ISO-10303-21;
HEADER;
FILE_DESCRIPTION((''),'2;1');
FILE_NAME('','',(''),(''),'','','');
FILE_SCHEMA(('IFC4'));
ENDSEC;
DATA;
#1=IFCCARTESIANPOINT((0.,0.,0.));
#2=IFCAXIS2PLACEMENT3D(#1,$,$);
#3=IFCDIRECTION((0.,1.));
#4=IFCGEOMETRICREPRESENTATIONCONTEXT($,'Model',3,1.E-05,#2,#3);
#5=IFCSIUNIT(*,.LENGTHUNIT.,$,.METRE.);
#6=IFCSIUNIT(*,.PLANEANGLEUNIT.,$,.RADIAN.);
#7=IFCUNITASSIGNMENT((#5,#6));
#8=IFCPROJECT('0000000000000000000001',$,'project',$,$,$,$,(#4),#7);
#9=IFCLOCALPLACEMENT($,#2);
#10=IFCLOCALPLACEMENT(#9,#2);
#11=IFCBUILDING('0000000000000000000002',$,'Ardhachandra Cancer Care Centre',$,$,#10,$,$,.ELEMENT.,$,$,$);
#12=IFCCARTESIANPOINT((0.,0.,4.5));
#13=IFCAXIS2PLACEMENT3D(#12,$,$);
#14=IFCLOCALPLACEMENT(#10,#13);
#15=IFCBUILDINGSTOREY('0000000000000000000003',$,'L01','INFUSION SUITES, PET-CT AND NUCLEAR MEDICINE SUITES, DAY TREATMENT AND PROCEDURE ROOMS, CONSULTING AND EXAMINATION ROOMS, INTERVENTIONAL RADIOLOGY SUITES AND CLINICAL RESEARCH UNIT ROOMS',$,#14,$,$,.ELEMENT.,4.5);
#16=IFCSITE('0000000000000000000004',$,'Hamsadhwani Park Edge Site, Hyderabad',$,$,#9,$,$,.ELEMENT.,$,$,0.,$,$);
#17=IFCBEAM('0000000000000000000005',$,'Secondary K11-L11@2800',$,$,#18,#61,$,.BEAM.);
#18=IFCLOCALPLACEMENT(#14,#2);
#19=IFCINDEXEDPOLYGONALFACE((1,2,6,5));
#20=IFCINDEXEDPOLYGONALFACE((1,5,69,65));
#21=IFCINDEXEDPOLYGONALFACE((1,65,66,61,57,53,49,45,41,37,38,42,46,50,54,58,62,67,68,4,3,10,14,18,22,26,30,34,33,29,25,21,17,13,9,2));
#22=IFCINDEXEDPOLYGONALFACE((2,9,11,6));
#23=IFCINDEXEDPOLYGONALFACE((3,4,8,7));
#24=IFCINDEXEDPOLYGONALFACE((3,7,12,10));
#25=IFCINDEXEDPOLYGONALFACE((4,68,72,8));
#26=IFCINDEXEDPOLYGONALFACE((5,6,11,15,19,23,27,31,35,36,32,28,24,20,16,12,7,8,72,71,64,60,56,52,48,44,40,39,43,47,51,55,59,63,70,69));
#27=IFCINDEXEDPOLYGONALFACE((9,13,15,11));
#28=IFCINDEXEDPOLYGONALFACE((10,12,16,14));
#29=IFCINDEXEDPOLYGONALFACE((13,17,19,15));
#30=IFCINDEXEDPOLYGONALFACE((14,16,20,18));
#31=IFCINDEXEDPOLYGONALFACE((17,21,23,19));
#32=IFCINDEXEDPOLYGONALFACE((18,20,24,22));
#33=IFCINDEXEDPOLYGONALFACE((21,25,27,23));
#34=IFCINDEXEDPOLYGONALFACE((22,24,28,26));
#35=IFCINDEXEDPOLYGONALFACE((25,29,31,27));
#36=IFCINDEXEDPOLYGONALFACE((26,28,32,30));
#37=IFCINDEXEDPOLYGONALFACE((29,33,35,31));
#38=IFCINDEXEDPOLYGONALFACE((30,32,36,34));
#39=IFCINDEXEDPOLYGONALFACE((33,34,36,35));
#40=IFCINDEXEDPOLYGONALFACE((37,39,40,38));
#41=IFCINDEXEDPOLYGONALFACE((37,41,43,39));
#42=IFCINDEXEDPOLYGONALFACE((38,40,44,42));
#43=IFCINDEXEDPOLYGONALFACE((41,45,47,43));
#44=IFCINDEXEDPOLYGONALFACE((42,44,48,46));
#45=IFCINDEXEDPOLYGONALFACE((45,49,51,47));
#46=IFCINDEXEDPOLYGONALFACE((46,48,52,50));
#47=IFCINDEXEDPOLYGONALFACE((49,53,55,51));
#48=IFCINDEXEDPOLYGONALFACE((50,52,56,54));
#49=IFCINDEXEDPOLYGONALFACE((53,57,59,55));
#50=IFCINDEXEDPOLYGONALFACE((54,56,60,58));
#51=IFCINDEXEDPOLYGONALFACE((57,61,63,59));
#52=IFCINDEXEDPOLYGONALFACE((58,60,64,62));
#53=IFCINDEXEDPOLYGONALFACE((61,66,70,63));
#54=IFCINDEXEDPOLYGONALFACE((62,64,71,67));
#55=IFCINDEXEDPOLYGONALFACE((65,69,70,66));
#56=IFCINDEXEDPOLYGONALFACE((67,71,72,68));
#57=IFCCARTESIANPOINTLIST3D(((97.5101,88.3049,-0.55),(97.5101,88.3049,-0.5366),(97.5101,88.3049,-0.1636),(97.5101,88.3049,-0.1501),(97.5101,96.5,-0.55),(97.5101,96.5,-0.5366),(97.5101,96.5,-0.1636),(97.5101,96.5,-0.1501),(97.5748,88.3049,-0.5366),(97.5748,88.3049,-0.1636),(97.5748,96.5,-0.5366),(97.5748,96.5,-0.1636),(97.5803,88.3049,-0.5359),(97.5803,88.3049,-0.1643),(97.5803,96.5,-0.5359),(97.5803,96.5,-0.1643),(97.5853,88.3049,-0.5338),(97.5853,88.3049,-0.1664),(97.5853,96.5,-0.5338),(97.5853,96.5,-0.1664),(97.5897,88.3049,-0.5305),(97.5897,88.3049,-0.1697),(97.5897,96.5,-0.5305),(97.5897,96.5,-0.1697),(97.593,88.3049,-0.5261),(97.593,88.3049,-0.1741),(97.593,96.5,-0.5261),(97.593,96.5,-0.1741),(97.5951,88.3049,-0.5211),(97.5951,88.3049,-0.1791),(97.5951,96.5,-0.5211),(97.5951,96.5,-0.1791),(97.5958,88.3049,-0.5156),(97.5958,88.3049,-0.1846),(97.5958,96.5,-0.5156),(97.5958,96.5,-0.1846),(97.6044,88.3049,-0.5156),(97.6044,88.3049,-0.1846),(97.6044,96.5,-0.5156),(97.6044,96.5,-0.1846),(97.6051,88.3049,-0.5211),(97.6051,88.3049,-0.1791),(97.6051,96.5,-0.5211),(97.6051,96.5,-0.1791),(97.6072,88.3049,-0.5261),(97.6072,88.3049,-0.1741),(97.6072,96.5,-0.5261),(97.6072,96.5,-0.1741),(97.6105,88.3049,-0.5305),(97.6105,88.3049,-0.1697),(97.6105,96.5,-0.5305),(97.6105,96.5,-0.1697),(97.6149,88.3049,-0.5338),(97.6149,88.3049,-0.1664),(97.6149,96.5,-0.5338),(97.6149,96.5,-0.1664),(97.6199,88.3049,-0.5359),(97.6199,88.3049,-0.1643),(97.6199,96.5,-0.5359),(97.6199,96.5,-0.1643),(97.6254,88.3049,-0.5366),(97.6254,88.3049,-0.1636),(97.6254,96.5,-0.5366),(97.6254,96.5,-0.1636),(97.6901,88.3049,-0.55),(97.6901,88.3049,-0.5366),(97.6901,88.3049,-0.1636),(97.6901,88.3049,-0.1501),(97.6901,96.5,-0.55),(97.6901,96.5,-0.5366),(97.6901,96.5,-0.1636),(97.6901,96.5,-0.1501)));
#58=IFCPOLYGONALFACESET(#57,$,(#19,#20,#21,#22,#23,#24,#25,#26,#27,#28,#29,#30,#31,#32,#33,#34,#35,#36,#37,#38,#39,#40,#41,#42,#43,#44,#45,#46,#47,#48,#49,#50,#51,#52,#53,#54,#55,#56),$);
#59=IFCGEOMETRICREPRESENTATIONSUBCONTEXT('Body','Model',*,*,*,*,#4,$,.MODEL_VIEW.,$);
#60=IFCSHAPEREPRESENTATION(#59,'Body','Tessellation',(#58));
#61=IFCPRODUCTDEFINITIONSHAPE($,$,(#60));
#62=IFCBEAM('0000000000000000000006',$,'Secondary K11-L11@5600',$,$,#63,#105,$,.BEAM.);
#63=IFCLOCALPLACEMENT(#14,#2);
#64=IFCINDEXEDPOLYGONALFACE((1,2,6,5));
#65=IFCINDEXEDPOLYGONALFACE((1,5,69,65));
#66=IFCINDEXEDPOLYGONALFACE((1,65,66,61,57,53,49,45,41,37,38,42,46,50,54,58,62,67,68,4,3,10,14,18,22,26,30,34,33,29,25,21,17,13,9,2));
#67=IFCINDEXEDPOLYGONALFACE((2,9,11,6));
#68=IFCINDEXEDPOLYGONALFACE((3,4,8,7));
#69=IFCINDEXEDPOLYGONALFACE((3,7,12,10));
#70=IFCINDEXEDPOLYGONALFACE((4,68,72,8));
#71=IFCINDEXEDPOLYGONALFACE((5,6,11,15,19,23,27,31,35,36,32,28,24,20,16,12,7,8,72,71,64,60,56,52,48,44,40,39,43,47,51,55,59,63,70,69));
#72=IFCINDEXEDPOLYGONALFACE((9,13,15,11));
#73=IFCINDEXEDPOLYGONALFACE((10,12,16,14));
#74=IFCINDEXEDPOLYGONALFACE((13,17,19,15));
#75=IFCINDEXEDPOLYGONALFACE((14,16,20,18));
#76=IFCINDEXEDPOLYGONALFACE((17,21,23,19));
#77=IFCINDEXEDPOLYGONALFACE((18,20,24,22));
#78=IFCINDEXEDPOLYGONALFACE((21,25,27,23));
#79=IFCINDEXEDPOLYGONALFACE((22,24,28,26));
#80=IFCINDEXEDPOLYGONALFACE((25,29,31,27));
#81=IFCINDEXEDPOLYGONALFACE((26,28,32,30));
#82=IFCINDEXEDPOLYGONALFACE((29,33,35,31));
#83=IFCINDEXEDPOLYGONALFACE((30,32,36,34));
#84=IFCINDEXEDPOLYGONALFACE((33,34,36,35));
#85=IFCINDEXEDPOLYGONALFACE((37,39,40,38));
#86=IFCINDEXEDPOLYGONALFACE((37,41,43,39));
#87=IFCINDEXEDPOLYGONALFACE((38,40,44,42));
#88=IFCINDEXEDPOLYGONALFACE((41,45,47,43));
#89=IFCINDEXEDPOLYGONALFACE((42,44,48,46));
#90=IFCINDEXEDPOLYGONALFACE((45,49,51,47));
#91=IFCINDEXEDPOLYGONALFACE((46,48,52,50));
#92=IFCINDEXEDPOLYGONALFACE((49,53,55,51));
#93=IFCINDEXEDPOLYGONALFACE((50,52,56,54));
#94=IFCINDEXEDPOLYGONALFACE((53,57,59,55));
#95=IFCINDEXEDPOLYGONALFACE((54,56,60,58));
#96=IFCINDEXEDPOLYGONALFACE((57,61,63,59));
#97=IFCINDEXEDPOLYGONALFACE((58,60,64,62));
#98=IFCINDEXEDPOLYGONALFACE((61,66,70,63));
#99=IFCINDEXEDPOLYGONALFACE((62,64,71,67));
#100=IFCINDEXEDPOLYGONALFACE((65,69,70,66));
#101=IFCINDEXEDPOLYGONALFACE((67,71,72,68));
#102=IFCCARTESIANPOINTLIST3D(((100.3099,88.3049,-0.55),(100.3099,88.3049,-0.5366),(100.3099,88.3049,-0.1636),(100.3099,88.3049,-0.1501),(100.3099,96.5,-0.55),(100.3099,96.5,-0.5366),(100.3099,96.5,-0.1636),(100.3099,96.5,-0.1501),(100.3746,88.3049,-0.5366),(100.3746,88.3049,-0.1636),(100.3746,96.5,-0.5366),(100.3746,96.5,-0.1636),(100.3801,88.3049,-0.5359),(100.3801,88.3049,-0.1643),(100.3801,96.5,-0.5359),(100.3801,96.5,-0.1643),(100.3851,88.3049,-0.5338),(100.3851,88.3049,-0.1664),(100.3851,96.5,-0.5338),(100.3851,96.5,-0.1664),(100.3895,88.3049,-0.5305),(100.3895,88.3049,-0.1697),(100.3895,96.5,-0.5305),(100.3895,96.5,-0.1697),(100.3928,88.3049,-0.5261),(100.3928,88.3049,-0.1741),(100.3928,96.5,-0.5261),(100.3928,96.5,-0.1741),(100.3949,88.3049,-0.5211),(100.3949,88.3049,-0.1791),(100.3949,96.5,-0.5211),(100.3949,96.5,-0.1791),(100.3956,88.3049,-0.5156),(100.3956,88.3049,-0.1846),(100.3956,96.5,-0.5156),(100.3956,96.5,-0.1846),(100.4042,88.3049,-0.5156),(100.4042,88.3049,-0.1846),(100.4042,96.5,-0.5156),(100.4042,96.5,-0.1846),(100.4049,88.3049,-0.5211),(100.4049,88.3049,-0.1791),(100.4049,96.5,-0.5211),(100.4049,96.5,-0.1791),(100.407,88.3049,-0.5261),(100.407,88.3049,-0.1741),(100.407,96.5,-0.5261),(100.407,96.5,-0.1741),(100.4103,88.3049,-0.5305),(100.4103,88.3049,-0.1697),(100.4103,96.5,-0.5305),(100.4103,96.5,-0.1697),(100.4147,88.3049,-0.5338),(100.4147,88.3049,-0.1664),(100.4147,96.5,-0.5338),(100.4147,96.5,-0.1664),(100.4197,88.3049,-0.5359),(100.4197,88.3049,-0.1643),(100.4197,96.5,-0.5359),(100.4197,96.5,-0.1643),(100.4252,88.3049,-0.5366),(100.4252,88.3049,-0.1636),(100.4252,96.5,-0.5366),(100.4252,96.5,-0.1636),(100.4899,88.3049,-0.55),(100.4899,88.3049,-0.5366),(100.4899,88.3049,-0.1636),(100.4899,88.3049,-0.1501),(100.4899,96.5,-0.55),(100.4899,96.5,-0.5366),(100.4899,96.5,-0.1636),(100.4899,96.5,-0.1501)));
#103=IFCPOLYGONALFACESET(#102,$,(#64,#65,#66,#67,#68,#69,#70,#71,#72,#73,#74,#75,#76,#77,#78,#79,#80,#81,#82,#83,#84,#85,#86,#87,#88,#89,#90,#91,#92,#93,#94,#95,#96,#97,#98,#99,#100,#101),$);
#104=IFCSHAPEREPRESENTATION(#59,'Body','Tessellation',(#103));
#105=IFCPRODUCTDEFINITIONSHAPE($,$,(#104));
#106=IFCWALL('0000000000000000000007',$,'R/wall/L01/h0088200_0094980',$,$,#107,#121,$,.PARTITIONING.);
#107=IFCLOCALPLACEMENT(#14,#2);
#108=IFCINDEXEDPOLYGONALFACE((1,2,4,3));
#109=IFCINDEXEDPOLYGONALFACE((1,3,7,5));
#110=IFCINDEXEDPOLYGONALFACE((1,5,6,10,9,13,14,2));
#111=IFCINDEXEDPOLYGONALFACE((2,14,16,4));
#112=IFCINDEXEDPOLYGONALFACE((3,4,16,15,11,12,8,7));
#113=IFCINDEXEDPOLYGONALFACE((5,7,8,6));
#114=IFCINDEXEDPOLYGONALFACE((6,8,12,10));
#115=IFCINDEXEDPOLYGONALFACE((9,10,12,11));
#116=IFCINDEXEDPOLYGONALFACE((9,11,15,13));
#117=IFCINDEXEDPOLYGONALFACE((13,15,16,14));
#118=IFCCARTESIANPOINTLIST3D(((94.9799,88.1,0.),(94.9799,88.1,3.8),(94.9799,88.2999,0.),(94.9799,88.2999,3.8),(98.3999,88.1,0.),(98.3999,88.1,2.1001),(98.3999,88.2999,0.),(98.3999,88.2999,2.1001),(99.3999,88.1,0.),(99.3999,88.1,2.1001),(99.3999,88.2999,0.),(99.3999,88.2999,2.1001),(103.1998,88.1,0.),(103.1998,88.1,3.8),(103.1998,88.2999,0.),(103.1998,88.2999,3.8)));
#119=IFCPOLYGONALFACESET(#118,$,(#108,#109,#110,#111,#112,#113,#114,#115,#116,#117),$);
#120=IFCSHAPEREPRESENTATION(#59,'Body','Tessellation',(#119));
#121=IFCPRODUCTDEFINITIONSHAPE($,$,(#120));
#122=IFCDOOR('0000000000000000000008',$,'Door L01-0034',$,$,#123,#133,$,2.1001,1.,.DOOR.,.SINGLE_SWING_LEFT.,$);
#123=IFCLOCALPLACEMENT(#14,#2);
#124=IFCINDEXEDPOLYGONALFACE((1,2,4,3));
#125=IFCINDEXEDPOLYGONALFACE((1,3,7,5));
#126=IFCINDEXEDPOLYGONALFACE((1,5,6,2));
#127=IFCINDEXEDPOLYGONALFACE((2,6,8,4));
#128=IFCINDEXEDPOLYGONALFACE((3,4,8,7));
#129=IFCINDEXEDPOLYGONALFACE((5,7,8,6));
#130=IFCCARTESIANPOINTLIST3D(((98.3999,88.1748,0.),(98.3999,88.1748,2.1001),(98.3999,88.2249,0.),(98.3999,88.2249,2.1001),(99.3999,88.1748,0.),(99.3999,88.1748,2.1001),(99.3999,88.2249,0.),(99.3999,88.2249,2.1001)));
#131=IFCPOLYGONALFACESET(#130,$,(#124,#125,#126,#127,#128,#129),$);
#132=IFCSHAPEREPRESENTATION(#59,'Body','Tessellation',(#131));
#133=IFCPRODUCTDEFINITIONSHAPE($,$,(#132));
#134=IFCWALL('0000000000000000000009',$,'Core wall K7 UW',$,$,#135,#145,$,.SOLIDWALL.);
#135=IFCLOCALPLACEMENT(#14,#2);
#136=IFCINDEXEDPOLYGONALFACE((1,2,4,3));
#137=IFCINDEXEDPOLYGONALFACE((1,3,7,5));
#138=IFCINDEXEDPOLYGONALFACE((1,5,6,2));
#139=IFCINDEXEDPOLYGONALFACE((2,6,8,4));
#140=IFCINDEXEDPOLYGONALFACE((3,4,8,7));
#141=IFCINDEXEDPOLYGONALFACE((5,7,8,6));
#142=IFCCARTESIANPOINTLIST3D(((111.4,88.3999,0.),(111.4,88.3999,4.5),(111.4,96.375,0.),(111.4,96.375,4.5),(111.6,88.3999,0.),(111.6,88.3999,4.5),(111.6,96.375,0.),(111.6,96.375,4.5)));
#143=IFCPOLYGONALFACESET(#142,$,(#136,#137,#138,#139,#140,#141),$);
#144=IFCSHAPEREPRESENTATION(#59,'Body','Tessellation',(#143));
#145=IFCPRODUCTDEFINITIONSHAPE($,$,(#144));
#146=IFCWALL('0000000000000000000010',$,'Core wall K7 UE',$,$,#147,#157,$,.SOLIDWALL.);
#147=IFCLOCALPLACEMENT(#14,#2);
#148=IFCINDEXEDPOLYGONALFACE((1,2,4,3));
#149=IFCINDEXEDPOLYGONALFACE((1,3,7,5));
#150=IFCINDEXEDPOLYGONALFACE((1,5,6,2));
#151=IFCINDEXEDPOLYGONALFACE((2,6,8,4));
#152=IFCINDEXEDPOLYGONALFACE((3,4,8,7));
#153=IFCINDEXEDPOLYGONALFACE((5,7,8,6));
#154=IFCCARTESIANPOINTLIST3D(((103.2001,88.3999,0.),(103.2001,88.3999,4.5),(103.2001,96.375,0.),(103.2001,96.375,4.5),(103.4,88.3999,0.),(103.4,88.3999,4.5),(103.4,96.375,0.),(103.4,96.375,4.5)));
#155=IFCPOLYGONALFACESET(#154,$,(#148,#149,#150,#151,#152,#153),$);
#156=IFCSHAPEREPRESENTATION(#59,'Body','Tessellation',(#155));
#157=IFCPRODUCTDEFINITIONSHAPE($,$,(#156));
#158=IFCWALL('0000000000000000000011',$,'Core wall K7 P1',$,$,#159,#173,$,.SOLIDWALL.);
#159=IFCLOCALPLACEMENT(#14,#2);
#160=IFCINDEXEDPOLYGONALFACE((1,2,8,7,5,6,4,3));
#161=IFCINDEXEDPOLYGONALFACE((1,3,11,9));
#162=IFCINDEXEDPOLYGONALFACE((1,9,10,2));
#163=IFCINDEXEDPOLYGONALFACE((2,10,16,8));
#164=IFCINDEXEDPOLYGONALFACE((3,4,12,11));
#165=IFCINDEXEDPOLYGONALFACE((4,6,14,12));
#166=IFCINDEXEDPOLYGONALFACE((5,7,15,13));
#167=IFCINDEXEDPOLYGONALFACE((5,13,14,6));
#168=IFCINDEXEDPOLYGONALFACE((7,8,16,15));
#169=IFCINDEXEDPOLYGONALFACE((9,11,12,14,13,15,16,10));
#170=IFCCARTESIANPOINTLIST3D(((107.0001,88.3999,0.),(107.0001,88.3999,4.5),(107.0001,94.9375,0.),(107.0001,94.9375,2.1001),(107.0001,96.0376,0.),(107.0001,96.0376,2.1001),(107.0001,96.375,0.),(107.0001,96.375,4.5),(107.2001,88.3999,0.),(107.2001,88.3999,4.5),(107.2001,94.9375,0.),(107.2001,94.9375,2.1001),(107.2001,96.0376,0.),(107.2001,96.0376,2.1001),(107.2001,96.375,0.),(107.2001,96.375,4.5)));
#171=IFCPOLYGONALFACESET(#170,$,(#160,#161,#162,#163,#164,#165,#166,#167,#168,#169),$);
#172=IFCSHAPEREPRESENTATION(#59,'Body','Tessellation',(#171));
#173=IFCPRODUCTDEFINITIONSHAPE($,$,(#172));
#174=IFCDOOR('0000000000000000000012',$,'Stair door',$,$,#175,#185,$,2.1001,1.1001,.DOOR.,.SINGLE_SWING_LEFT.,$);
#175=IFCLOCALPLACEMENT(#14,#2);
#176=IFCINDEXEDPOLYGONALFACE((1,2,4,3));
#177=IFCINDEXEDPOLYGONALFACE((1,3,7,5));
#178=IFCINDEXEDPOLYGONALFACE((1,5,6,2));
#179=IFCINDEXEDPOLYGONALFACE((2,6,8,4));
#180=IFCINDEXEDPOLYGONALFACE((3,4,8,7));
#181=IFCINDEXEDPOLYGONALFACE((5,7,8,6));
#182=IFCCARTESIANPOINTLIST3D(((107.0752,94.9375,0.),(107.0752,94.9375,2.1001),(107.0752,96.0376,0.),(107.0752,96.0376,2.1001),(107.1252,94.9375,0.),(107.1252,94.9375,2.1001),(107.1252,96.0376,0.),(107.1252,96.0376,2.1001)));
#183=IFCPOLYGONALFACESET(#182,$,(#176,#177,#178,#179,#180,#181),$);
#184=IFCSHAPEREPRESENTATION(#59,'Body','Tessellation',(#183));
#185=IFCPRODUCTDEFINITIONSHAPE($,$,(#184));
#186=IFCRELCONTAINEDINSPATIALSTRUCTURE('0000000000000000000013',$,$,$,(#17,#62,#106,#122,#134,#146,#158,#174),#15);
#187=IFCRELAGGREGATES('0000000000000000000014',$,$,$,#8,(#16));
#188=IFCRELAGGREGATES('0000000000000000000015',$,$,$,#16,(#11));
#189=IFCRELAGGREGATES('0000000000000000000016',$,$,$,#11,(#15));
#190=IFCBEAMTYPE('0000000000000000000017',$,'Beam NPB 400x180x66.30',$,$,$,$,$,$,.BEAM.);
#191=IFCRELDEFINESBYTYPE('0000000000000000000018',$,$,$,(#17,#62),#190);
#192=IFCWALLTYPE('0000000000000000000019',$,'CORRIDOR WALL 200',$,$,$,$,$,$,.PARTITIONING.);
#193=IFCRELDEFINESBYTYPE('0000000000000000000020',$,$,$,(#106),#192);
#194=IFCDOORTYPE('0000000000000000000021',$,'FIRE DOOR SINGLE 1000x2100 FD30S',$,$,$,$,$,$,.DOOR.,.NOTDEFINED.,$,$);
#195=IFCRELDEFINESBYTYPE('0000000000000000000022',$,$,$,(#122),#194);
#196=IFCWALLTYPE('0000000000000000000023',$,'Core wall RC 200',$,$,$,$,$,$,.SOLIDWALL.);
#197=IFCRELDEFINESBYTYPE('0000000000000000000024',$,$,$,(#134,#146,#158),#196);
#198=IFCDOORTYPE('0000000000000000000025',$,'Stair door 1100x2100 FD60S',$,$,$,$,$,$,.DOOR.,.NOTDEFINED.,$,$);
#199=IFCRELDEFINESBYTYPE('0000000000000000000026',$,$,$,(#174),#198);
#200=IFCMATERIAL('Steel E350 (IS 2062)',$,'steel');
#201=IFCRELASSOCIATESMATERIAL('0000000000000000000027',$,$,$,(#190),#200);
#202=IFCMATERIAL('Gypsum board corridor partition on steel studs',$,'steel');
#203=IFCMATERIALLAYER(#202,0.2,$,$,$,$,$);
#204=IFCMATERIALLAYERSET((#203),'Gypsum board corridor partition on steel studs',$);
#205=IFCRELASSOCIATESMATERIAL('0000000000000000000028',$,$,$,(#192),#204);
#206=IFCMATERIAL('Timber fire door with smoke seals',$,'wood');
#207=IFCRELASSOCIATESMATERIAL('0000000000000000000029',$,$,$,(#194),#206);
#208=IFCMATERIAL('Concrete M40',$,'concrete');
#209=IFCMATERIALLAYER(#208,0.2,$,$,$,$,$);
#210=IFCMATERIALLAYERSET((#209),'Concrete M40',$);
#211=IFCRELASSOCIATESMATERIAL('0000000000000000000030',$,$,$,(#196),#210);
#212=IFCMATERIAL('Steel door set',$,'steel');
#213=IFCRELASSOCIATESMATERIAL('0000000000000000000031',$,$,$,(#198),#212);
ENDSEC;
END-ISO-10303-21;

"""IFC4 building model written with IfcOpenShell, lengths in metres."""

from ifc_helpers import new_model, si_unit, direction, frame, frame_2d, origin, origin_2d, place, context, subcontext, project, spatial, rectangle, i_section, extrude, material, layer, layer_set, material_profile, profile_set, type_object, element, fill, save


model = new_model("IFC4")

# Units and contexts
model_context = context("Model", 3, precision=1e-05, world=origin(), true_north=direction((0.0, 1.0)))
body_context = subcontext(model_context, "Body", "Model", "MODEL_VIEW")
ifc_project = project(units=[si_unit("LENGTHUNIT", "METRE"), si_unit("PLANEANGLEUNIT", "RADIAN")], contexts=[model_context])

# Site, building, storey
site_placement = place(None, origin())
site = spatial("IfcSite", under=ifc_project, at=site_placement, Name="Hamsadhwani Park Edge Site, Hyderabad", CompositionType="ELEMENT", RefElevation=0.0)
building_placement = place(site_placement, origin())
building = spatial("IfcBuilding", under=site, at=building_placement, Name="Ardhachandra Cancer Care Centre", CompositionType="ELEMENT")
storey_placement = place(building_placement, frame((0.0, 0.0, 4.5)))
storey = spatial("IfcBuildingStorey", under=building, at=storey_placement, Name="L01", Description="INFUSION SUITES, PET-CT AND NUCLEAR MEDICINE SUITES, DAY TREATMENT AND PROCEDURE ROOMS, CONSULTING AND EXAMINATION ROOMS, INTERVENTIONAL RADIOLOGY SUITES AND CLINICAL RESEARCH UNIT ROOMS", CompositionType="ELEMENT", Elevation=4.5)

# Beams
ifc_material_1 = material(Name="Steel E350 (IS 2062)", Category="steel")
ifc_material_profile = material_profile(ifc_material_1, i_section(OverallWidth=0.1799, OverallDepth=0.3999, WebThickness=0.0085, FlangeThickness=0.0134, FilletRadius=0.021, at=origin_2d()), Name="NPB 400x180x66.30")
ifc_profile_set = profile_set([ifc_material_profile], Name="Steel E350 (IS 2062)")
beam_type = type_object("IfcBeamType", Name="Beam NPB 400x180x66.30", PredefinedType="BEAM", material=ifc_profile_set)
for number, where, z_axis, x_axis, name in (
    (1, (97.6001, 88.3049, -0.3501), (0.0, 1.0, 0.0), (-1.0, 0.0, 0.0), "Secondary K11-L11@2800"),
    (2, (100.3999, 88.3049, -0.3501), (0.0, 1.0, 0.0), (-1.0, 0.0, 0.0), "Secondary K11-L11@5600"),
):
    element("IfcBeam", number, at=place(storey_placement, frame(where, z_axis=z_axis, x_axis=x_axis)), inside=storey, type_object=beam_type, Name=name, PredefinedType="BEAM", context=body_context, shape_type="SweptSolid", body=[
        extrude(i_section(OverallWidth=0.1799, OverallDepth=0.3999, WebThickness=0.0085, FlangeThickness=0.0134, FilletRadius=0.021, at=origin_2d()), origin(), (0.0, 0.0, 1.0), 8.1951),
    ])

# Wall, opening, door
ifc_material_2 = material(Name="Gypsum board corridor partition on steel studs", Category="steel")
ifc_layer_1 = layer(ifc_material_2, 0.2)
ifc_layer_set_1 = layer_set([ifc_layer_1], Name="Gypsum board corridor partition on steel studs")
wall_type_1 = type_object("IfcWallType", Name="CORRIDOR WALL 200", PredefinedType="PARTITIONING", material=ifc_layer_set_1)
wall_1_placement = place(storey_placement, frame((94.98, 88.2, 0.0), z_axis=(0.0, 0.0, 1.0), x_axis=(1.0, 0.0, 0.0)))
wall_1 = element("IfcWall", 3, at=wall_1_placement, inside=storey, type_object=wall_type_1, Name="R/wall/L01/h0088200_0094980", PredefinedType="PARTITIONING", context=body_context, shape_type="SweptSolid", body=[
    extrude(rectangle(XDim=8.22, YDim=0.2, at=frame_2d((4.1099, 0.0))), origin(), (0.0, 0.0, 1.0), 3.8),
])
opening_1_placement = place(wall_1_placement, frame((3.4199, 0.0, 0.0)))
opening_1 = element("IfcOpeningElement", 4, at=opening_1_placement, cuts=wall_1, PredefinedType="OPENING", context=body_context, shape_type="SweptSolid", body=[
    extrude(rectangle(XDim=1.0, YDim=2.1001, at=frame_2d((0.5, 1.05))), frame((0.0, 0.1099, 0.0), z_axis=(0.0, -1.0, 0.0), x_axis=(1.0, 0.0, 0.0)), (0.0, 0.0, 1.0), 0.22),
])
ifc_material_3 = material(Name="Timber fire door with smoke seals", Category="wood")
door_type_1 = type_object("IfcDoorType", Name="FIRE DOOR SINGLE 1000x2100 FD30S", OperationType="NOTDEFINED", PredefinedType="DOOR", material=ifc_material_3)
door_1_placement = place(opening_1_placement, origin())
door_1 = element("IfcDoor", 5, at=door_1_placement, inside=storey, type_object=door_type_1, Name="Door L01-0034", OperationType="SINGLE_SWING_LEFT", OverallHeight=2.1001, OverallWidth=1.0, PredefinedType="DOOR", context=body_context, shape_type="SweptSolid", body=[
    extrude(rectangle(XDim=1.0, YDim=2.1001, at=frame_2d((0.5, 1.05))), frame((0.0, 0.0249, 0.0), z_axis=(0.0, -1.0, 0.0), x_axis=(1.0, 0.0, 0.0)), (0.0, 0.0, 1.0), 0.05),
])
fill(opening_1, door_1)

# Walls
ifc_material_4 = material(Name="Concrete M40", Category="concrete")
ifc_layer_2 = layer(ifc_material_4, 0.2)
ifc_layer_set_2 = layer_set([ifc_layer_2], Name="Concrete M40")
wall_type_2 = type_object("IfcWallType", Name="Core wall RC 200", PredefinedType="SOLIDWALL", material=ifc_layer_set_2)
for number, where, z_axis, x_axis, name in (
    (6, (111.5, 88.3999, 0.0), (0.0, 0.0, 1.0), (0.0, 1.0, 0.0), "Core wall K7 UW"),
    (7, (103.3, 88.3999, 0.0), (0.0, 0.0, 1.0), (0.0, 1.0, 0.0), "Core wall K7 UE"),
):
    element("IfcWall", number, at=place(storey_placement, frame(where, z_axis=z_axis, x_axis=x_axis)), inside=storey, type_object=wall_type_2, Name=name, PredefinedType="SOLIDWALL", context=body_context, shape_type="SweptSolid", body=[
        extrude(rectangle(XDim=7.9751, YDim=0.2, at=frame_2d((3.9875, 0.0))), origin(), (0.0, 0.0, 1.0), 4.5),
    ])

# Wall, opening, door
wall_2_placement = place(storey_placement, frame((107.1001, 88.3999, 0.0), z_axis=(0.0, 0.0, 1.0), x_axis=(0.0, 1.0, 0.0)))
wall_2 = element("IfcWall", 8, at=wall_2_placement, inside=storey, type_object=wall_type_2, Name="Core wall K7 P1", PredefinedType="SOLIDWALL", context=body_context, shape_type="SweptSolid", body=[
    extrude(rectangle(XDim=7.9751, YDim=0.2, at=frame_2d((3.9875, 0.0))), origin(), (0.0, 0.0, 1.0), 4.5),
])
opening_2_placement = place(wall_2_placement, frame((6.5376, 0.0, 0.0)))
opening_2 = element("IfcOpeningElement", 9, at=opening_2_placement, cuts=wall_2, PredefinedType="OPENING", context=body_context, shape_type="SweptSolid", body=[
    extrude(rectangle(XDim=1.1001, YDim=2.1001, at=frame_2d((0.55, 1.05))), frame((0.0, 0.1099, 0.0), z_axis=(0.0, -1.0, 0.0), x_axis=(1.0, 0.0, 0.0)), (0.0, 0.0, 1.0), 0.22),
])
ifc_material_5 = material(Name="Steel door set", Category="steel")
door_type_2 = type_object("IfcDoorType", Name="Stair door 1100x2100 FD60S", OperationType="NOTDEFINED", PredefinedType="DOOR", material=ifc_material_5)
door_2_placement = place(opening_2_placement, origin())
door_2 = element("IfcDoor", 10, at=door_2_placement, inside=storey, type_object=door_type_2, Name="Stair door", OperationType="SINGLE_SWING_LEFT", OverallHeight=2.1001, OverallWidth=1.1001, PredefinedType="DOOR", context=body_context, shape_type="SweptSolid", body=[
    extrude(rectangle(XDim=1.1001, YDim=2.1001, at=frame_2d((0.55, 1.05))), frame((0.0, 0.0249, 0.0), z_axis=(0.0, -1.0, 0.0), x_axis=(1.0, 0.0, 0.0)), (0.0, 0.0, 1.0), 0.05),
])
fill(opening_2, door_2)

save(model, "model.ifc")
